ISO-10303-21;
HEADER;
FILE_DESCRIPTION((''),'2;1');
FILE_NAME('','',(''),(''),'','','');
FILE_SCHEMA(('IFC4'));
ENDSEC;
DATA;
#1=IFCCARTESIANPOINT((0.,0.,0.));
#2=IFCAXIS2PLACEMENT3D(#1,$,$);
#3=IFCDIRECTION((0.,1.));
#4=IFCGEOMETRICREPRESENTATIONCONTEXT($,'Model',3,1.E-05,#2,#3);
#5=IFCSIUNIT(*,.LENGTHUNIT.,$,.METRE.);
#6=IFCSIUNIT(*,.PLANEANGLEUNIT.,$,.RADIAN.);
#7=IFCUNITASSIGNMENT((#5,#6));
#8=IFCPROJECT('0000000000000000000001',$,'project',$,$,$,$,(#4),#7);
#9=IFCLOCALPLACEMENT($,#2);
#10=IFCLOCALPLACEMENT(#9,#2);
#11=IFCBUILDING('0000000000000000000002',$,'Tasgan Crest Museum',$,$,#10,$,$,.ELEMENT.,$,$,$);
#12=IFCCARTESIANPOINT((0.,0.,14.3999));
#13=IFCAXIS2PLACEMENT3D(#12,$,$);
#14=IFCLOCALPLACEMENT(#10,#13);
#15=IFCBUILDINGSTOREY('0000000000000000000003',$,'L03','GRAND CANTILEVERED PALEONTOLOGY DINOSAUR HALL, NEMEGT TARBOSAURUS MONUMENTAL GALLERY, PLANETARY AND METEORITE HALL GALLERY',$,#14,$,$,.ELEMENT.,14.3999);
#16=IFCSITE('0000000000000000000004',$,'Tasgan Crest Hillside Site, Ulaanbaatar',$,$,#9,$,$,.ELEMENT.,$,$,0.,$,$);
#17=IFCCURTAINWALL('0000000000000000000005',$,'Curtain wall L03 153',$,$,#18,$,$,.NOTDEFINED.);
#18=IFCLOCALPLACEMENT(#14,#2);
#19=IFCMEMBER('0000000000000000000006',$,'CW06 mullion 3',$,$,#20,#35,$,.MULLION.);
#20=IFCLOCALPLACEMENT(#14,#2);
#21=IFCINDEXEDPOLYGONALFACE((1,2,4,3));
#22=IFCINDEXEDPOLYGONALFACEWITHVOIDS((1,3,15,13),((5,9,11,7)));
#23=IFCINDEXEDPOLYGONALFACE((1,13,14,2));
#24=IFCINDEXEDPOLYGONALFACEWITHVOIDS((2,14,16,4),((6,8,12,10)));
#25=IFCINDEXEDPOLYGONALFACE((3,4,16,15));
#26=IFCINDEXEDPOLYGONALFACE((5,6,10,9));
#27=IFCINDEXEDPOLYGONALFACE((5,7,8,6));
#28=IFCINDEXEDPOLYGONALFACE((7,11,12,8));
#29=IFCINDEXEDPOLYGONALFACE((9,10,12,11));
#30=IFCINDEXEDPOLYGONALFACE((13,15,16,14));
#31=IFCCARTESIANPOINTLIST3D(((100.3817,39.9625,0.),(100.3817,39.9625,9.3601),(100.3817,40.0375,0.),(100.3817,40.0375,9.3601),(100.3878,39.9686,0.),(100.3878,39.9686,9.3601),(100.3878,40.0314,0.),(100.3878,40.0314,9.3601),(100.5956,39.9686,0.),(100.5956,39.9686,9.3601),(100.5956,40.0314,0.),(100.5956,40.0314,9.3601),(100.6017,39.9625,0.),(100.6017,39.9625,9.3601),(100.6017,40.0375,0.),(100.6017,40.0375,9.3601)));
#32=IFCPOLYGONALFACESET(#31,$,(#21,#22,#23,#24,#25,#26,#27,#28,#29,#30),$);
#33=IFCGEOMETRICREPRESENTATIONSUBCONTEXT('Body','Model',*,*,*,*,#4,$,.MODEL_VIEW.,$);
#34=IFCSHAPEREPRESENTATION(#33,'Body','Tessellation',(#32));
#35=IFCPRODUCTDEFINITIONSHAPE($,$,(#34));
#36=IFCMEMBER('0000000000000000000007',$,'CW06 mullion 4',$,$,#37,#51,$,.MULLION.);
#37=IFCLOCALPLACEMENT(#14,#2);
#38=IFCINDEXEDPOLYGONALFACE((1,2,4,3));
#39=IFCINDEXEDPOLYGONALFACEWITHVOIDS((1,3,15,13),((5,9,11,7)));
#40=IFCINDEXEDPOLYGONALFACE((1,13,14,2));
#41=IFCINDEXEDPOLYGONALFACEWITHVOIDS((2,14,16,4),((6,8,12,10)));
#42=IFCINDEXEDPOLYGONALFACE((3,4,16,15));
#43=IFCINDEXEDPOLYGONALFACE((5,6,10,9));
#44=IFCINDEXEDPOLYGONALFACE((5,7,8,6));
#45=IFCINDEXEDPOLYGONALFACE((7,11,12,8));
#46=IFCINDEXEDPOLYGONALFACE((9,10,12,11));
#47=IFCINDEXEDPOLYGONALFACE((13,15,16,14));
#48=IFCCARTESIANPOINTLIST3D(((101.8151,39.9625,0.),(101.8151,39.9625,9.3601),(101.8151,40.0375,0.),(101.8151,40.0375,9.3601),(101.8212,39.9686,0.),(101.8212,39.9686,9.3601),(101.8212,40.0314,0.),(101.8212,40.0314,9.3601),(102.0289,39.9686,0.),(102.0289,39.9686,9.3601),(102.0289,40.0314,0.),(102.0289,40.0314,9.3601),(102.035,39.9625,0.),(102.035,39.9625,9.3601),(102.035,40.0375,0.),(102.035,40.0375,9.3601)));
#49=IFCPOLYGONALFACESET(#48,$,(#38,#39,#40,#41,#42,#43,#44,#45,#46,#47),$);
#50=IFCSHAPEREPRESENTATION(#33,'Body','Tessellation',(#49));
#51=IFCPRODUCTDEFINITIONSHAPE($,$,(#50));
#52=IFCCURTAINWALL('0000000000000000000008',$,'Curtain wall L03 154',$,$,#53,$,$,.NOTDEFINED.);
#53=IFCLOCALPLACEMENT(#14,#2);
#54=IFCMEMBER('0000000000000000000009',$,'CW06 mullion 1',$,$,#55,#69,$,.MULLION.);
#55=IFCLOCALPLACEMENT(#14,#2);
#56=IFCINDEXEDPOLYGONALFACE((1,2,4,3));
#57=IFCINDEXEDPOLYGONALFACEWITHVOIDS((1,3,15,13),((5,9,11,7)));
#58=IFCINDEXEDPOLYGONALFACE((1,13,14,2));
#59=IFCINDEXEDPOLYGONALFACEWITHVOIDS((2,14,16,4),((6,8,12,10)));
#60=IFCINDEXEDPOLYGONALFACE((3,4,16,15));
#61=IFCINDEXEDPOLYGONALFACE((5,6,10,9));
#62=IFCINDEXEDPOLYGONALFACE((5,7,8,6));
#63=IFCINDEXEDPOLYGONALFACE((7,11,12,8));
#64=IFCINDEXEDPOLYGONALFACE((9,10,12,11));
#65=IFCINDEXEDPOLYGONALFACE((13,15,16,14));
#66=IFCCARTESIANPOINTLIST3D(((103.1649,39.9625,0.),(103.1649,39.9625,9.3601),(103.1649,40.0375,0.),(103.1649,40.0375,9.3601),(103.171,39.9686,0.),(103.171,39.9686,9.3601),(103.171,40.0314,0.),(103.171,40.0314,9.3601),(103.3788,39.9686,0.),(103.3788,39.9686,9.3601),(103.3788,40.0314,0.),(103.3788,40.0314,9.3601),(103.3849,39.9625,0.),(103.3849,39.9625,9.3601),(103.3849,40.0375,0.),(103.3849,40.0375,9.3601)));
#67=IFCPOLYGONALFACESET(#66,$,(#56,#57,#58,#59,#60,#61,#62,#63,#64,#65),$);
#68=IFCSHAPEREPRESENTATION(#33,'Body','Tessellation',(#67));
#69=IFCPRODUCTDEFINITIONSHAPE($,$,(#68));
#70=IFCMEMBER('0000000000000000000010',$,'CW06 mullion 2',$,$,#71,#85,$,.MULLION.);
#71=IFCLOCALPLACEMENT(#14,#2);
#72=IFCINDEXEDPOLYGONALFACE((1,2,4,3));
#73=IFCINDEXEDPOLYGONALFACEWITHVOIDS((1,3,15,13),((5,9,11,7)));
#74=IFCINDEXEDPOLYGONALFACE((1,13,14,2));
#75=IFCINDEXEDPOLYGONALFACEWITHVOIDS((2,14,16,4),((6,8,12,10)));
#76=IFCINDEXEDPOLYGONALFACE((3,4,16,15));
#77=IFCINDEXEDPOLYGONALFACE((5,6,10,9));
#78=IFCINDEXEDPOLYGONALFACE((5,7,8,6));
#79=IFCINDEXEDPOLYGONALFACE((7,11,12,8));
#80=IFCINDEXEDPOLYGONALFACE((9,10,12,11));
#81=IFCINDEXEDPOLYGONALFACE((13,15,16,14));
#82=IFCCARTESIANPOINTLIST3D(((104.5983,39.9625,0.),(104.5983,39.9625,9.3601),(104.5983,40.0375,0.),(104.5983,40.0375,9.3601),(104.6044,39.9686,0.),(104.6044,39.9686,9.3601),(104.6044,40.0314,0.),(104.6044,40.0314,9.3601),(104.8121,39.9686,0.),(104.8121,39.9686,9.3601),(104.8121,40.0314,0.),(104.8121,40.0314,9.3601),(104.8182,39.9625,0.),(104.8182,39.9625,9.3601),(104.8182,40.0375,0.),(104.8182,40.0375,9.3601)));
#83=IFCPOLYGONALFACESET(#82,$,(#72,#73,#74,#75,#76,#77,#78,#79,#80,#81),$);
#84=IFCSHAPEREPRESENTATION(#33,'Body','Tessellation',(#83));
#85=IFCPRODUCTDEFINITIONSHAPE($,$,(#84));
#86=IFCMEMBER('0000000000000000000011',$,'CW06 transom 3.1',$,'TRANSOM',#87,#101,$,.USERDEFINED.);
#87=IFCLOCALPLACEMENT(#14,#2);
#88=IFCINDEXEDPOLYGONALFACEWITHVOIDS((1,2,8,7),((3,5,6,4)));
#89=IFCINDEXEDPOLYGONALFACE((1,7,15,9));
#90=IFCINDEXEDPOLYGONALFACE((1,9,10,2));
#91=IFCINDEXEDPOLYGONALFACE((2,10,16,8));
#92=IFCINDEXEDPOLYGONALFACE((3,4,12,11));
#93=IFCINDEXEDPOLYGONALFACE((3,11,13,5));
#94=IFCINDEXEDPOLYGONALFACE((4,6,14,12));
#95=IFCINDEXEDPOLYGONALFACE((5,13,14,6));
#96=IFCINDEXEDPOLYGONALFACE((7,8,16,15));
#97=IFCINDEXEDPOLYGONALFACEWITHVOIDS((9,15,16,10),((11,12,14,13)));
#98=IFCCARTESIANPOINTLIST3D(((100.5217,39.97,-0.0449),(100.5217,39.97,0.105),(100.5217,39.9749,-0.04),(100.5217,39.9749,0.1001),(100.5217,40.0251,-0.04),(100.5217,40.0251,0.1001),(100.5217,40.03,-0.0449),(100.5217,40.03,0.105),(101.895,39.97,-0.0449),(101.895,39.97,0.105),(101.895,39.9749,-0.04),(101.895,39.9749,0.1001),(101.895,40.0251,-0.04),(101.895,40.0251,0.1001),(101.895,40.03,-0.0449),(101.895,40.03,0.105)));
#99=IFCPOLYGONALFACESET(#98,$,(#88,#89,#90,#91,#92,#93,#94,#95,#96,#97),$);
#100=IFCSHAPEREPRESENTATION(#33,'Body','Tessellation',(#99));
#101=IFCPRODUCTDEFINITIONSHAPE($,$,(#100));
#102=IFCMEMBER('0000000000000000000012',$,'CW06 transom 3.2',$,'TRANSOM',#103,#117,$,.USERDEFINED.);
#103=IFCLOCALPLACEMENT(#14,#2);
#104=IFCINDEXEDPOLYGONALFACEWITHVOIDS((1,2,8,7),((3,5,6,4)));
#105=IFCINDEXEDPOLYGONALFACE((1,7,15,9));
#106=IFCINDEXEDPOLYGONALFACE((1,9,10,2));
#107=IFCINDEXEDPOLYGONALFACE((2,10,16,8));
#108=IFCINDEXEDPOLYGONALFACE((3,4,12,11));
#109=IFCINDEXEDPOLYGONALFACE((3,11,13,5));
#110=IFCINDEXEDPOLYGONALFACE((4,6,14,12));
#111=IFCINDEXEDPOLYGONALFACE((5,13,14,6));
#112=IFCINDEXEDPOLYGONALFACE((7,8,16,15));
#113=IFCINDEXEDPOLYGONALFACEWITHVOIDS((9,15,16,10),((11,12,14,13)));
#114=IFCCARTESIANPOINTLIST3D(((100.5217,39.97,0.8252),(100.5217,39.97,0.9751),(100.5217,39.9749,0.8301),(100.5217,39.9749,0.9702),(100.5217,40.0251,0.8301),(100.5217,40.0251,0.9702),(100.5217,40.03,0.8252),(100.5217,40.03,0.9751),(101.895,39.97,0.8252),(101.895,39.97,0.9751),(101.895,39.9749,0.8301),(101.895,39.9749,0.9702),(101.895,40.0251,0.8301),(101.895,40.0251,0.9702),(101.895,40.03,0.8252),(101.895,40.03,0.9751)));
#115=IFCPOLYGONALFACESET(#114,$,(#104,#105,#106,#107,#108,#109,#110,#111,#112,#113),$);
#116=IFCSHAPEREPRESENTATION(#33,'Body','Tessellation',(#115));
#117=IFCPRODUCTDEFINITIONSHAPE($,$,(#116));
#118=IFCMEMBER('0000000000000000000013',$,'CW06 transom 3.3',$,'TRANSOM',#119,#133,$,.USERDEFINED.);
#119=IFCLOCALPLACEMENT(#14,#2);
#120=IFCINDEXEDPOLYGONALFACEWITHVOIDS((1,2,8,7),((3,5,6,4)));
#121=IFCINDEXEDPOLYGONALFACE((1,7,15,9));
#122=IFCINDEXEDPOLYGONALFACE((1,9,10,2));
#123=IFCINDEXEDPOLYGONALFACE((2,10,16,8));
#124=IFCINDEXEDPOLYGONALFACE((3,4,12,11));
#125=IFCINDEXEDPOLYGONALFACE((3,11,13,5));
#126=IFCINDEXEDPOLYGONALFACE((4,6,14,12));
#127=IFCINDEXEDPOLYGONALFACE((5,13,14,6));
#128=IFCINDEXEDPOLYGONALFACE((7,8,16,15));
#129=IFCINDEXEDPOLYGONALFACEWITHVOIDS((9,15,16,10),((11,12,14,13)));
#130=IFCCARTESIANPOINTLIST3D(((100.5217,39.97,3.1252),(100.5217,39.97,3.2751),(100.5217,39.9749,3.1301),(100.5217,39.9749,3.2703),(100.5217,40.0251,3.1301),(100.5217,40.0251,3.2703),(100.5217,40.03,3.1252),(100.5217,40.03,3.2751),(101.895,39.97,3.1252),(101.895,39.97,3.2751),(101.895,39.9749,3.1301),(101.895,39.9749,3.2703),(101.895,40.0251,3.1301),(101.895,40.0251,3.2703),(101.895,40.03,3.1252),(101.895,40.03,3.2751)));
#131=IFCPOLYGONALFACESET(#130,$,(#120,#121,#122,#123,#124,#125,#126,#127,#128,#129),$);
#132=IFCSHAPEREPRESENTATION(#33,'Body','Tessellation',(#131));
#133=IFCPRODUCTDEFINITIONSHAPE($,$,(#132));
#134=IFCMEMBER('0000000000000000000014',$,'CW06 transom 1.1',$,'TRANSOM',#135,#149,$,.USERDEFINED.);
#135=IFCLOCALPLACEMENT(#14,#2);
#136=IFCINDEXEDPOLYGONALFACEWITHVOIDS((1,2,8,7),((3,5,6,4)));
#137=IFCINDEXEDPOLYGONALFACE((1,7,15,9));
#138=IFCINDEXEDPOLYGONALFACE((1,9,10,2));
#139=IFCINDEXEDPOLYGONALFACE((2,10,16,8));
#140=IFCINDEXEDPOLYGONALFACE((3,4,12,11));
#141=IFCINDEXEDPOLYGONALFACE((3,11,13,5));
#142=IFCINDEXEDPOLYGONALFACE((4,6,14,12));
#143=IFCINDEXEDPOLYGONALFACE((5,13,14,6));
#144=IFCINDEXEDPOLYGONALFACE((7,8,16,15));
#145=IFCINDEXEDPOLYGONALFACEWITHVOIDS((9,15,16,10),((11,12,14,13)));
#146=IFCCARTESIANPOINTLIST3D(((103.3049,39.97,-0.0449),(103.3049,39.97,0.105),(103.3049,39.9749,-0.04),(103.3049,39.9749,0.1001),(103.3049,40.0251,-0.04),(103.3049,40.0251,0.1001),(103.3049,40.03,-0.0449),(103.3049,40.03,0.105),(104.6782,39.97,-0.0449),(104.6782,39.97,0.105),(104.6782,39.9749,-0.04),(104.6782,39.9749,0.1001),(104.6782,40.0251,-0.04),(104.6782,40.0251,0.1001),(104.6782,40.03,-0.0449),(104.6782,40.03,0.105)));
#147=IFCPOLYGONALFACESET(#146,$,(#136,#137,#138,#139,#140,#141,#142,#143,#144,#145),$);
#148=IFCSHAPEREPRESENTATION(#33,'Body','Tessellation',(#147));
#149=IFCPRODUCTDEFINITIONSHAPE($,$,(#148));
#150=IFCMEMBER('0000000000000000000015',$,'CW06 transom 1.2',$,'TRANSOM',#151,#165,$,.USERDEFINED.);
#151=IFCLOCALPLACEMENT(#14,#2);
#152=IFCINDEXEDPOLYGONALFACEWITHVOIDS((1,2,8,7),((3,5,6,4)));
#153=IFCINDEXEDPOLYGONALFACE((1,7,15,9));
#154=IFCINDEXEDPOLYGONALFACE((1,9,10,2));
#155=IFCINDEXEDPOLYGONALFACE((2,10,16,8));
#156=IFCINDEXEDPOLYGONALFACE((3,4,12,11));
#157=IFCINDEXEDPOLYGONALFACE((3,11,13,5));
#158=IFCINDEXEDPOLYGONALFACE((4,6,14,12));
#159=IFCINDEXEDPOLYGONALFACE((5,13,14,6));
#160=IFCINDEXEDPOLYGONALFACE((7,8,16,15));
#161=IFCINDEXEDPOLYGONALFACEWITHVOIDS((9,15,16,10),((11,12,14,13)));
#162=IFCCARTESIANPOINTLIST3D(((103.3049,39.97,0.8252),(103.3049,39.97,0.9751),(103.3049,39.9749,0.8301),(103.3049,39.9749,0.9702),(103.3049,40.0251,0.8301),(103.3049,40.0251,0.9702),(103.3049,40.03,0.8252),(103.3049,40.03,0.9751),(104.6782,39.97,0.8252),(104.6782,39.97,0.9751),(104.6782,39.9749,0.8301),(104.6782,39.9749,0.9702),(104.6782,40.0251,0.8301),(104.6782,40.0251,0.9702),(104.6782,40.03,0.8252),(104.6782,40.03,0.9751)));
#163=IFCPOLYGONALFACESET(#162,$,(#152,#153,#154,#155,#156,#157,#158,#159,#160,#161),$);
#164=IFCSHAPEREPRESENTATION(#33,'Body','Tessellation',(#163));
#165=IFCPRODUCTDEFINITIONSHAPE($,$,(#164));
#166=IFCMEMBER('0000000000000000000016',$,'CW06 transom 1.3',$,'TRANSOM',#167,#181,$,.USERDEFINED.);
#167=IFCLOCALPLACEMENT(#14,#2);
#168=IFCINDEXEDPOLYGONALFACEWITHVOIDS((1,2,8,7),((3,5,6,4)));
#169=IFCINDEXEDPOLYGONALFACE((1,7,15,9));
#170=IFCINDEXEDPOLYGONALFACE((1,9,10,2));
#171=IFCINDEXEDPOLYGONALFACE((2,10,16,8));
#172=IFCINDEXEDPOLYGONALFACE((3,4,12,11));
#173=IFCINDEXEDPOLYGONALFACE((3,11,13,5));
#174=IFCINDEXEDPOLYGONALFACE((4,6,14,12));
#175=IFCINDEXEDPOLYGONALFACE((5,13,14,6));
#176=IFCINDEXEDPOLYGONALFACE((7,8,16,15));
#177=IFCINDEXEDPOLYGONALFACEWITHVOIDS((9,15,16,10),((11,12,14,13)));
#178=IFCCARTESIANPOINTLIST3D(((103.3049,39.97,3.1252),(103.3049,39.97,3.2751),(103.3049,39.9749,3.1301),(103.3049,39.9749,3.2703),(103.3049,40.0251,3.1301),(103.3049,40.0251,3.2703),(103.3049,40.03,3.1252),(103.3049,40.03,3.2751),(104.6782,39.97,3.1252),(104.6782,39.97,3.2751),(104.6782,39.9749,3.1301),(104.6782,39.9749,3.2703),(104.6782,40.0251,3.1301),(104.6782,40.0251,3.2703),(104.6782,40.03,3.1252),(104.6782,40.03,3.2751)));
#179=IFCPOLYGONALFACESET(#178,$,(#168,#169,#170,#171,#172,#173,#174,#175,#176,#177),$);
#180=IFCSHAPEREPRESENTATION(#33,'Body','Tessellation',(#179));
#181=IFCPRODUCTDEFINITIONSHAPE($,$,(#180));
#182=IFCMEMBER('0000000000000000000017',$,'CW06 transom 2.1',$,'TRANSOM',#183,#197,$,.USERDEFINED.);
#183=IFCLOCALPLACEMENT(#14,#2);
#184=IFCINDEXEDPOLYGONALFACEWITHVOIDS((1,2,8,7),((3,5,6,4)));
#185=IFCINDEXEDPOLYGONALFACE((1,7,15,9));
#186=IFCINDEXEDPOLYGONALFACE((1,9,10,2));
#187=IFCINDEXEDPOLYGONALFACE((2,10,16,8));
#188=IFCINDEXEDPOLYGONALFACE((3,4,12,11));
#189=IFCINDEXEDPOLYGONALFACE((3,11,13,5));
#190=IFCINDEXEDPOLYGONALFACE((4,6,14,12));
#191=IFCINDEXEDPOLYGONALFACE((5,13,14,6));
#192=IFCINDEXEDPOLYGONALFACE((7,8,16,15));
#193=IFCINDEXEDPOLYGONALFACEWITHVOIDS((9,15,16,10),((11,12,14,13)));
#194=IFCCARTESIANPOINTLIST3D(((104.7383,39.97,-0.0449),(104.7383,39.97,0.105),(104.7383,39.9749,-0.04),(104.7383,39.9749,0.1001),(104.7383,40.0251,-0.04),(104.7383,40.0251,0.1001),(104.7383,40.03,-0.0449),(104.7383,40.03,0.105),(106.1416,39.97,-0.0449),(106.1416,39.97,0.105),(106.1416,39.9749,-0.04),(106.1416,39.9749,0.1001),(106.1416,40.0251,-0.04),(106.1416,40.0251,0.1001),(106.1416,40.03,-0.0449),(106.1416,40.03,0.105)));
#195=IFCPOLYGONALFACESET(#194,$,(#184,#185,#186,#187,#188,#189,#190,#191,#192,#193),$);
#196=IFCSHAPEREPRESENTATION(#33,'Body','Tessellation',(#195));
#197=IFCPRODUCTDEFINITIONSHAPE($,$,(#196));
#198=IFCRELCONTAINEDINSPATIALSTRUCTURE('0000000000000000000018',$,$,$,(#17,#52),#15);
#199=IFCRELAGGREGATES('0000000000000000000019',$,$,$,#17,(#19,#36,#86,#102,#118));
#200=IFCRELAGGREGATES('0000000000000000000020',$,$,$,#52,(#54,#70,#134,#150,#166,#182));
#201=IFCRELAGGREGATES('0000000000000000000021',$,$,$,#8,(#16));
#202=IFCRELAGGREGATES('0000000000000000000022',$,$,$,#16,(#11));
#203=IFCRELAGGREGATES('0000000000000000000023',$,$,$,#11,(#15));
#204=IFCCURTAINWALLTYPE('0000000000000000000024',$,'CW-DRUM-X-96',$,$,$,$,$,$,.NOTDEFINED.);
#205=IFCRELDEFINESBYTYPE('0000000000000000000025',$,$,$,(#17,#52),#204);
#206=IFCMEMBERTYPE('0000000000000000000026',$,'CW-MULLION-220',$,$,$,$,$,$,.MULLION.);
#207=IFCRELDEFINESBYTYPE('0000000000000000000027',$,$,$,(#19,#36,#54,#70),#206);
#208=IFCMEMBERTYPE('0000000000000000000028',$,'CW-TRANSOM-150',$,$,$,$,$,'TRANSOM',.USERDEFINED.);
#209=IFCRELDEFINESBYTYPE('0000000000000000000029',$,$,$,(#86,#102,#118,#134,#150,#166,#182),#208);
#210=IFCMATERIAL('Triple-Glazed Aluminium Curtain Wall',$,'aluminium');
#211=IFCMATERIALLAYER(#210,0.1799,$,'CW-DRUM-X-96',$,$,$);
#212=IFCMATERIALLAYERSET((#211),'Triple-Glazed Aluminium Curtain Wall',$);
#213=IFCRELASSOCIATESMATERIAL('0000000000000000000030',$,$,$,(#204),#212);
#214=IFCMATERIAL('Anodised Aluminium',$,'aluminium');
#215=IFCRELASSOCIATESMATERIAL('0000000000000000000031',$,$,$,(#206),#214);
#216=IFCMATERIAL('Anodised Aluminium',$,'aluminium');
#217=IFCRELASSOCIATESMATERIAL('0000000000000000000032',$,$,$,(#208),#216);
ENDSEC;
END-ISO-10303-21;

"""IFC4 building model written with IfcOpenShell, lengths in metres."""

from ifc_helpers import new_model, si_unit, direction, frame, origin, origin_2d, place, context, subcontext, project, spatial, hollow_rectangle, extrude, material, layer, layer_set, material_profile, profile_set, type_object, element, aggregate, save


model = new_model("IFC4")

# Units and contexts
model_context = context("Model", 3, precision=1e-05, world=origin(), true_north=direction((0.0, 1.0)))
body_context = subcontext(model_context, "Body", "Model", "MODEL_VIEW")
ifc_project = project(units=[si_unit("LENGTHUNIT", "METRE"), si_unit("PLANEANGLEUNIT", "RADIAN")], contexts=[model_context])

# Site, building, storey
site_placement = place(None, origin())
site = spatial("IfcSite", under=ifc_project, at=site_placement, Name="Tasgan Crest Hillside Site, Ulaanbaatar", CompositionType="ELEMENT", RefElevation=0.0)
building_placement = place(site_placement, origin())
building = spatial("IfcBuilding", under=site, at=building_placement, Name="Tasgan Crest Museum", CompositionType="ELEMENT")
storey_placement = place(building_placement, frame((0.0, 0.0, 14.3999)))
storey = spatial("IfcBuildingStorey", under=building, at=storey_placement, Name="L03", Description="GRAND CANTILEVERED PALEONTOLOGY DINOSAUR HALL, NEMEGT TARBOSAURUS MONUMENTAL GALLERY, PLANETARY AND METEORITE HALL GALLERY", CompositionType="ELEMENT", Elevation=14.3999)

# Curtain walls, members
ifc_material_1 = material(Name="Triple-Glazed Aluminium Curtain Wall", Category="aluminium")
ifc_layer_1 = layer(ifc_material_1, 0.1799, Name="CW-DRUM-X-96")
ifc_layer_set_1 = layer_set([ifc_layer_1], Name="Triple-Glazed Aluminium Curtain Wall")
curtain_wall_type = type_object("IfcCurtainWallType", Name="CW-DRUM-X-96", PredefinedType="NOTDEFINED", material=ifc_layer_set_1)
curtain_wall_1_placement = place(storey_placement, origin())
curtain_wall_1 = element("IfcCurtainWall", 1, at=curtain_wall_1_placement, inside=storey, type_object=curtain_wall_type, Name="Curtain wall L03 153", PredefinedType="NOTDEFINED")
ifc_material_2 = material(Name="Anodised Aluminium", Category="aluminium")
ifc_material_profile_1 = material_profile(ifc_material_2, hollow_rectangle(XDim=0.075, YDim=0.22, WallThickness=0.0061, at=origin_2d()), Name="ALU MULLION 220x75x6")
ifc_profile_set_1 = profile_set([ifc_material_profile_1], Name="Anodised Aluminium")
member_type_1 = type_object("IfcMemberType", Name="CW-MULLION-220", PredefinedType="MULLION", material=ifc_profile_set_1)
member_1_placement = place(storey_placement, frame((100.4917, 40.0, 0.0), z_axis=(0.0, 0.0, 1.0), x_axis=(0.0, 1.0, 0.0)))
member_1 = element("IfcMember", 2, at=member_1_placement, type_object=member_type_1, Name="CW06 mullion 3", PredefinedType="MULLION", context=body_context, shape_type="SweptSolid", body=[
    extrude(hollow_rectangle(XDim=0.075, YDim=0.22, WallThickness=0.0061, at=origin_2d()), origin(), (0.0, 0.0, 1.0), 9.3601),
])
member_2_placement = place(storey_placement, frame((101.925, 40.0, 0.0), z_axis=(0.0, 0.0, 1.0), x_axis=(0.0, 1.0, 0.0)))
member_2 = element("IfcMember", 3, at=member_2_placement, type_object=member_type_1, Name="CW06 mullion 4", PredefinedType="MULLION", context=body_context, shape_type="SweptSolid", body=[
    extrude(hollow_rectangle(XDim=0.075, YDim=0.22, WallThickness=0.0061, at=origin_2d()), origin(), (0.0, 0.0, 1.0), 9.3601),
])
curtain_wall_2_placement = place(storey_placement, origin())
curtain_wall_2 = element("IfcCurtainWall", 4, at=curtain_wall_2_placement, inside=storey, type_object=curtain_wall_type, Name="Curtain wall L03 154", PredefinedType="NOTDEFINED")
member_3_placement = place(storey_placement, frame((103.2749, 40.0, 0.0), z_axis=(0.0, 0.0, 1.0), x_axis=(0.0, 1.0, 0.0)))
member_3 = element("IfcMember", 5, at=member_3_placement, type_object=member_type_1, Name="CW06 mullion 1", PredefinedType="MULLION", context=body_context, shape_type="SweptSolid", body=[
    extrude(hollow_rectangle(XDim=0.075, YDim=0.22, WallThickness=0.0061, at=origin_2d()), origin(), (0.0, 0.0, 1.0), 9.3601),
])
member_4_placement = place(storey_placement, frame((104.7083, 40.0, 0.0), z_axis=(0.0, 0.0, 1.0), x_axis=(0.0, 1.0, 0.0)))
member_4 = element("IfcMember", 6, at=member_4_placement, type_object=member_type_1, Name="CW06 mullion 2", PredefinedType="MULLION", context=body_context, shape_type="SweptSolid", body=[
    extrude(hollow_rectangle(XDim=0.075, YDim=0.22, WallThickness=0.0061, at=origin_2d()), origin(), (0.0, 0.0, 1.0), 9.3601),
])

# Members
ifc_material_3 = material(Name="Anodised Aluminium", Category="aluminium")
ifc_material_profile_2 = material_profile(ifc_material_3, hollow_rectangle(XDim=0.0601, YDim=0.1499, WallThickness=0.0049, at=origin_2d()), Name="ALU TRANSOM 150x60x5")
ifc_profile_set_2 = profile_set([ifc_material_profile_2], Name="Anodised Aluminium")
member_type_2 = type_object("IfcMemberType", Name="CW-TRANSOM-150", ElementType="TRANSOM", PredefinedType="USERDEFINED", material=ifc_profile_set_2)
member_5_placement = place(storey_placement, frame((100.5217, 40.0, 0.03), z_axis=(1.0, 0.0, 0.0), x_axis=(0.0, 1.0, 0.0)))
member_5 = element("IfcMember", 7, at=member_5_placement, type_object=member_type_2, Name="CW06 transom 3.1", ObjectType="TRANSOM", PredefinedType="USERDEFINED", context=body_context, shape_type="SweptSolid", body=[
    extrude(hollow_rectangle(XDim=0.0601, YDim=0.1499, WallThickness=0.0049, at=origin_2d()), origin(), (0.0, 0.0, 1.0), 1.3733),
])
member_6_placement = place(storey_placement, frame((100.5217, 40.0, 0.9001), z_axis=(1.0, 0.0, 0.0), x_axis=(0.0, 1.0, 0.0)))
member_6 = element("IfcMember", 8, at=member_6_placement, type_object=member_type_2, Name="CW06 transom 3.2", ObjectType="TRANSOM", PredefinedType="USERDEFINED", context=body_context, shape_type="SweptSolid", body=[
    extrude(hollow_rectangle(XDim=0.0601, YDim=0.1499, WallThickness=0.0049, at=origin_2d()), origin(), (0.0, 0.0, 1.0), 1.3733),
])
member_7_placement = place(storey_placement, frame((100.5217, 40.0, 3.2002), z_axis=(1.0, 0.0, 0.0), x_axis=(0.0, 1.0, 0.0)))
member_7 = element("IfcMember", 9, at=member_7_placement, type_object=member_type_2, Name="CW06 transom 3.3", ObjectType="TRANSOM", PredefinedType="USERDEFINED", context=body_context, shape_type="SweptSolid", body=[
    extrude(hollow_rectangle(XDim=0.0601, YDim=0.1499, WallThickness=0.0049, at=origin_2d()), origin(), (0.0, 0.0, 1.0), 1.3733),
])
member_8_placement = place(storey_placement, frame((103.3049, 40.0, 0.03), z_axis=(1.0, 0.0, 0.0), x_axis=(0.0, 1.0, 0.0)))
member_8 = element("IfcMember", 10, at=member_8_placement, type_object=member_type_2, Name="CW06 transom 1.1", ObjectType="TRANSOM", PredefinedType="USERDEFINED", context=body_context, shape_type="SweptSolid", body=[
    extrude(hollow_rectangle(XDim=0.0601, YDim=0.1499, WallThickness=0.0049, at=origin_2d()), origin(), (0.0, 0.0, 1.0), 1.3733),
])
member_9_placement = place(storey_placement, frame((103.3049, 40.0, 0.9001), z_axis=(1.0, 0.0, 0.0), x_axis=(0.0, 1.0, 0.0)))
member_9 = element("IfcMember", 11, at=member_9_placement, type_object=member_type_2, Name="CW06 transom 1.2", ObjectType="TRANSOM", PredefinedType="USERDEFINED", context=body_context, shape_type="SweptSolid", body=[
    extrude(hollow_rectangle(XDim=0.0601, YDim=0.1499, WallThickness=0.0049, at=origin_2d()), origin(), (0.0, 0.0, 1.0), 1.3733),
])
member_10_placement = place(storey_placement, frame((103.3049, 40.0, 3.2002), z_axis=(1.0, 0.0, 0.0), x_axis=(0.0, 1.0, 0.0)))
member_10 = element("IfcMember", 12, at=member_10_placement, type_object=member_type_2, Name="CW06 transom 1.3", ObjectType="TRANSOM", PredefinedType="USERDEFINED", context=body_context, shape_type="SweptSolid", body=[
    extrude(hollow_rectangle(XDim=0.0601, YDim=0.1499, WallThickness=0.0049, at=origin_2d()), origin(), (0.0, 0.0, 1.0), 1.3733),
])
member_11_placement = place(storey_placement, frame((104.7383, 40.0, 0.03), z_axis=(1.0, 0.0, 0.0), x_axis=(0.0, 1.0, 0.0)))
member_11 = element("IfcMember", 13, at=member_11_placement, type_object=member_type_2, Name="CW06 transom 2.1", ObjectType="TRANSOM", PredefinedType="USERDEFINED", context=body_context, shape_type="SweptSolid", body=[
    extrude(hollow_rectangle(XDim=0.0601, YDim=0.1499, WallThickness=0.0049, at=origin_2d()), origin(), (0.0, 0.0, 1.0), 1.4033),
])

aggregate(curtain_wall_1, [member_1, member_2, member_5, member_6, member_7])
aggregate(curtain_wall_2, [member_3, member_4, member_8, member_9, member_10, member_11])

save(model, "model.ifc")
